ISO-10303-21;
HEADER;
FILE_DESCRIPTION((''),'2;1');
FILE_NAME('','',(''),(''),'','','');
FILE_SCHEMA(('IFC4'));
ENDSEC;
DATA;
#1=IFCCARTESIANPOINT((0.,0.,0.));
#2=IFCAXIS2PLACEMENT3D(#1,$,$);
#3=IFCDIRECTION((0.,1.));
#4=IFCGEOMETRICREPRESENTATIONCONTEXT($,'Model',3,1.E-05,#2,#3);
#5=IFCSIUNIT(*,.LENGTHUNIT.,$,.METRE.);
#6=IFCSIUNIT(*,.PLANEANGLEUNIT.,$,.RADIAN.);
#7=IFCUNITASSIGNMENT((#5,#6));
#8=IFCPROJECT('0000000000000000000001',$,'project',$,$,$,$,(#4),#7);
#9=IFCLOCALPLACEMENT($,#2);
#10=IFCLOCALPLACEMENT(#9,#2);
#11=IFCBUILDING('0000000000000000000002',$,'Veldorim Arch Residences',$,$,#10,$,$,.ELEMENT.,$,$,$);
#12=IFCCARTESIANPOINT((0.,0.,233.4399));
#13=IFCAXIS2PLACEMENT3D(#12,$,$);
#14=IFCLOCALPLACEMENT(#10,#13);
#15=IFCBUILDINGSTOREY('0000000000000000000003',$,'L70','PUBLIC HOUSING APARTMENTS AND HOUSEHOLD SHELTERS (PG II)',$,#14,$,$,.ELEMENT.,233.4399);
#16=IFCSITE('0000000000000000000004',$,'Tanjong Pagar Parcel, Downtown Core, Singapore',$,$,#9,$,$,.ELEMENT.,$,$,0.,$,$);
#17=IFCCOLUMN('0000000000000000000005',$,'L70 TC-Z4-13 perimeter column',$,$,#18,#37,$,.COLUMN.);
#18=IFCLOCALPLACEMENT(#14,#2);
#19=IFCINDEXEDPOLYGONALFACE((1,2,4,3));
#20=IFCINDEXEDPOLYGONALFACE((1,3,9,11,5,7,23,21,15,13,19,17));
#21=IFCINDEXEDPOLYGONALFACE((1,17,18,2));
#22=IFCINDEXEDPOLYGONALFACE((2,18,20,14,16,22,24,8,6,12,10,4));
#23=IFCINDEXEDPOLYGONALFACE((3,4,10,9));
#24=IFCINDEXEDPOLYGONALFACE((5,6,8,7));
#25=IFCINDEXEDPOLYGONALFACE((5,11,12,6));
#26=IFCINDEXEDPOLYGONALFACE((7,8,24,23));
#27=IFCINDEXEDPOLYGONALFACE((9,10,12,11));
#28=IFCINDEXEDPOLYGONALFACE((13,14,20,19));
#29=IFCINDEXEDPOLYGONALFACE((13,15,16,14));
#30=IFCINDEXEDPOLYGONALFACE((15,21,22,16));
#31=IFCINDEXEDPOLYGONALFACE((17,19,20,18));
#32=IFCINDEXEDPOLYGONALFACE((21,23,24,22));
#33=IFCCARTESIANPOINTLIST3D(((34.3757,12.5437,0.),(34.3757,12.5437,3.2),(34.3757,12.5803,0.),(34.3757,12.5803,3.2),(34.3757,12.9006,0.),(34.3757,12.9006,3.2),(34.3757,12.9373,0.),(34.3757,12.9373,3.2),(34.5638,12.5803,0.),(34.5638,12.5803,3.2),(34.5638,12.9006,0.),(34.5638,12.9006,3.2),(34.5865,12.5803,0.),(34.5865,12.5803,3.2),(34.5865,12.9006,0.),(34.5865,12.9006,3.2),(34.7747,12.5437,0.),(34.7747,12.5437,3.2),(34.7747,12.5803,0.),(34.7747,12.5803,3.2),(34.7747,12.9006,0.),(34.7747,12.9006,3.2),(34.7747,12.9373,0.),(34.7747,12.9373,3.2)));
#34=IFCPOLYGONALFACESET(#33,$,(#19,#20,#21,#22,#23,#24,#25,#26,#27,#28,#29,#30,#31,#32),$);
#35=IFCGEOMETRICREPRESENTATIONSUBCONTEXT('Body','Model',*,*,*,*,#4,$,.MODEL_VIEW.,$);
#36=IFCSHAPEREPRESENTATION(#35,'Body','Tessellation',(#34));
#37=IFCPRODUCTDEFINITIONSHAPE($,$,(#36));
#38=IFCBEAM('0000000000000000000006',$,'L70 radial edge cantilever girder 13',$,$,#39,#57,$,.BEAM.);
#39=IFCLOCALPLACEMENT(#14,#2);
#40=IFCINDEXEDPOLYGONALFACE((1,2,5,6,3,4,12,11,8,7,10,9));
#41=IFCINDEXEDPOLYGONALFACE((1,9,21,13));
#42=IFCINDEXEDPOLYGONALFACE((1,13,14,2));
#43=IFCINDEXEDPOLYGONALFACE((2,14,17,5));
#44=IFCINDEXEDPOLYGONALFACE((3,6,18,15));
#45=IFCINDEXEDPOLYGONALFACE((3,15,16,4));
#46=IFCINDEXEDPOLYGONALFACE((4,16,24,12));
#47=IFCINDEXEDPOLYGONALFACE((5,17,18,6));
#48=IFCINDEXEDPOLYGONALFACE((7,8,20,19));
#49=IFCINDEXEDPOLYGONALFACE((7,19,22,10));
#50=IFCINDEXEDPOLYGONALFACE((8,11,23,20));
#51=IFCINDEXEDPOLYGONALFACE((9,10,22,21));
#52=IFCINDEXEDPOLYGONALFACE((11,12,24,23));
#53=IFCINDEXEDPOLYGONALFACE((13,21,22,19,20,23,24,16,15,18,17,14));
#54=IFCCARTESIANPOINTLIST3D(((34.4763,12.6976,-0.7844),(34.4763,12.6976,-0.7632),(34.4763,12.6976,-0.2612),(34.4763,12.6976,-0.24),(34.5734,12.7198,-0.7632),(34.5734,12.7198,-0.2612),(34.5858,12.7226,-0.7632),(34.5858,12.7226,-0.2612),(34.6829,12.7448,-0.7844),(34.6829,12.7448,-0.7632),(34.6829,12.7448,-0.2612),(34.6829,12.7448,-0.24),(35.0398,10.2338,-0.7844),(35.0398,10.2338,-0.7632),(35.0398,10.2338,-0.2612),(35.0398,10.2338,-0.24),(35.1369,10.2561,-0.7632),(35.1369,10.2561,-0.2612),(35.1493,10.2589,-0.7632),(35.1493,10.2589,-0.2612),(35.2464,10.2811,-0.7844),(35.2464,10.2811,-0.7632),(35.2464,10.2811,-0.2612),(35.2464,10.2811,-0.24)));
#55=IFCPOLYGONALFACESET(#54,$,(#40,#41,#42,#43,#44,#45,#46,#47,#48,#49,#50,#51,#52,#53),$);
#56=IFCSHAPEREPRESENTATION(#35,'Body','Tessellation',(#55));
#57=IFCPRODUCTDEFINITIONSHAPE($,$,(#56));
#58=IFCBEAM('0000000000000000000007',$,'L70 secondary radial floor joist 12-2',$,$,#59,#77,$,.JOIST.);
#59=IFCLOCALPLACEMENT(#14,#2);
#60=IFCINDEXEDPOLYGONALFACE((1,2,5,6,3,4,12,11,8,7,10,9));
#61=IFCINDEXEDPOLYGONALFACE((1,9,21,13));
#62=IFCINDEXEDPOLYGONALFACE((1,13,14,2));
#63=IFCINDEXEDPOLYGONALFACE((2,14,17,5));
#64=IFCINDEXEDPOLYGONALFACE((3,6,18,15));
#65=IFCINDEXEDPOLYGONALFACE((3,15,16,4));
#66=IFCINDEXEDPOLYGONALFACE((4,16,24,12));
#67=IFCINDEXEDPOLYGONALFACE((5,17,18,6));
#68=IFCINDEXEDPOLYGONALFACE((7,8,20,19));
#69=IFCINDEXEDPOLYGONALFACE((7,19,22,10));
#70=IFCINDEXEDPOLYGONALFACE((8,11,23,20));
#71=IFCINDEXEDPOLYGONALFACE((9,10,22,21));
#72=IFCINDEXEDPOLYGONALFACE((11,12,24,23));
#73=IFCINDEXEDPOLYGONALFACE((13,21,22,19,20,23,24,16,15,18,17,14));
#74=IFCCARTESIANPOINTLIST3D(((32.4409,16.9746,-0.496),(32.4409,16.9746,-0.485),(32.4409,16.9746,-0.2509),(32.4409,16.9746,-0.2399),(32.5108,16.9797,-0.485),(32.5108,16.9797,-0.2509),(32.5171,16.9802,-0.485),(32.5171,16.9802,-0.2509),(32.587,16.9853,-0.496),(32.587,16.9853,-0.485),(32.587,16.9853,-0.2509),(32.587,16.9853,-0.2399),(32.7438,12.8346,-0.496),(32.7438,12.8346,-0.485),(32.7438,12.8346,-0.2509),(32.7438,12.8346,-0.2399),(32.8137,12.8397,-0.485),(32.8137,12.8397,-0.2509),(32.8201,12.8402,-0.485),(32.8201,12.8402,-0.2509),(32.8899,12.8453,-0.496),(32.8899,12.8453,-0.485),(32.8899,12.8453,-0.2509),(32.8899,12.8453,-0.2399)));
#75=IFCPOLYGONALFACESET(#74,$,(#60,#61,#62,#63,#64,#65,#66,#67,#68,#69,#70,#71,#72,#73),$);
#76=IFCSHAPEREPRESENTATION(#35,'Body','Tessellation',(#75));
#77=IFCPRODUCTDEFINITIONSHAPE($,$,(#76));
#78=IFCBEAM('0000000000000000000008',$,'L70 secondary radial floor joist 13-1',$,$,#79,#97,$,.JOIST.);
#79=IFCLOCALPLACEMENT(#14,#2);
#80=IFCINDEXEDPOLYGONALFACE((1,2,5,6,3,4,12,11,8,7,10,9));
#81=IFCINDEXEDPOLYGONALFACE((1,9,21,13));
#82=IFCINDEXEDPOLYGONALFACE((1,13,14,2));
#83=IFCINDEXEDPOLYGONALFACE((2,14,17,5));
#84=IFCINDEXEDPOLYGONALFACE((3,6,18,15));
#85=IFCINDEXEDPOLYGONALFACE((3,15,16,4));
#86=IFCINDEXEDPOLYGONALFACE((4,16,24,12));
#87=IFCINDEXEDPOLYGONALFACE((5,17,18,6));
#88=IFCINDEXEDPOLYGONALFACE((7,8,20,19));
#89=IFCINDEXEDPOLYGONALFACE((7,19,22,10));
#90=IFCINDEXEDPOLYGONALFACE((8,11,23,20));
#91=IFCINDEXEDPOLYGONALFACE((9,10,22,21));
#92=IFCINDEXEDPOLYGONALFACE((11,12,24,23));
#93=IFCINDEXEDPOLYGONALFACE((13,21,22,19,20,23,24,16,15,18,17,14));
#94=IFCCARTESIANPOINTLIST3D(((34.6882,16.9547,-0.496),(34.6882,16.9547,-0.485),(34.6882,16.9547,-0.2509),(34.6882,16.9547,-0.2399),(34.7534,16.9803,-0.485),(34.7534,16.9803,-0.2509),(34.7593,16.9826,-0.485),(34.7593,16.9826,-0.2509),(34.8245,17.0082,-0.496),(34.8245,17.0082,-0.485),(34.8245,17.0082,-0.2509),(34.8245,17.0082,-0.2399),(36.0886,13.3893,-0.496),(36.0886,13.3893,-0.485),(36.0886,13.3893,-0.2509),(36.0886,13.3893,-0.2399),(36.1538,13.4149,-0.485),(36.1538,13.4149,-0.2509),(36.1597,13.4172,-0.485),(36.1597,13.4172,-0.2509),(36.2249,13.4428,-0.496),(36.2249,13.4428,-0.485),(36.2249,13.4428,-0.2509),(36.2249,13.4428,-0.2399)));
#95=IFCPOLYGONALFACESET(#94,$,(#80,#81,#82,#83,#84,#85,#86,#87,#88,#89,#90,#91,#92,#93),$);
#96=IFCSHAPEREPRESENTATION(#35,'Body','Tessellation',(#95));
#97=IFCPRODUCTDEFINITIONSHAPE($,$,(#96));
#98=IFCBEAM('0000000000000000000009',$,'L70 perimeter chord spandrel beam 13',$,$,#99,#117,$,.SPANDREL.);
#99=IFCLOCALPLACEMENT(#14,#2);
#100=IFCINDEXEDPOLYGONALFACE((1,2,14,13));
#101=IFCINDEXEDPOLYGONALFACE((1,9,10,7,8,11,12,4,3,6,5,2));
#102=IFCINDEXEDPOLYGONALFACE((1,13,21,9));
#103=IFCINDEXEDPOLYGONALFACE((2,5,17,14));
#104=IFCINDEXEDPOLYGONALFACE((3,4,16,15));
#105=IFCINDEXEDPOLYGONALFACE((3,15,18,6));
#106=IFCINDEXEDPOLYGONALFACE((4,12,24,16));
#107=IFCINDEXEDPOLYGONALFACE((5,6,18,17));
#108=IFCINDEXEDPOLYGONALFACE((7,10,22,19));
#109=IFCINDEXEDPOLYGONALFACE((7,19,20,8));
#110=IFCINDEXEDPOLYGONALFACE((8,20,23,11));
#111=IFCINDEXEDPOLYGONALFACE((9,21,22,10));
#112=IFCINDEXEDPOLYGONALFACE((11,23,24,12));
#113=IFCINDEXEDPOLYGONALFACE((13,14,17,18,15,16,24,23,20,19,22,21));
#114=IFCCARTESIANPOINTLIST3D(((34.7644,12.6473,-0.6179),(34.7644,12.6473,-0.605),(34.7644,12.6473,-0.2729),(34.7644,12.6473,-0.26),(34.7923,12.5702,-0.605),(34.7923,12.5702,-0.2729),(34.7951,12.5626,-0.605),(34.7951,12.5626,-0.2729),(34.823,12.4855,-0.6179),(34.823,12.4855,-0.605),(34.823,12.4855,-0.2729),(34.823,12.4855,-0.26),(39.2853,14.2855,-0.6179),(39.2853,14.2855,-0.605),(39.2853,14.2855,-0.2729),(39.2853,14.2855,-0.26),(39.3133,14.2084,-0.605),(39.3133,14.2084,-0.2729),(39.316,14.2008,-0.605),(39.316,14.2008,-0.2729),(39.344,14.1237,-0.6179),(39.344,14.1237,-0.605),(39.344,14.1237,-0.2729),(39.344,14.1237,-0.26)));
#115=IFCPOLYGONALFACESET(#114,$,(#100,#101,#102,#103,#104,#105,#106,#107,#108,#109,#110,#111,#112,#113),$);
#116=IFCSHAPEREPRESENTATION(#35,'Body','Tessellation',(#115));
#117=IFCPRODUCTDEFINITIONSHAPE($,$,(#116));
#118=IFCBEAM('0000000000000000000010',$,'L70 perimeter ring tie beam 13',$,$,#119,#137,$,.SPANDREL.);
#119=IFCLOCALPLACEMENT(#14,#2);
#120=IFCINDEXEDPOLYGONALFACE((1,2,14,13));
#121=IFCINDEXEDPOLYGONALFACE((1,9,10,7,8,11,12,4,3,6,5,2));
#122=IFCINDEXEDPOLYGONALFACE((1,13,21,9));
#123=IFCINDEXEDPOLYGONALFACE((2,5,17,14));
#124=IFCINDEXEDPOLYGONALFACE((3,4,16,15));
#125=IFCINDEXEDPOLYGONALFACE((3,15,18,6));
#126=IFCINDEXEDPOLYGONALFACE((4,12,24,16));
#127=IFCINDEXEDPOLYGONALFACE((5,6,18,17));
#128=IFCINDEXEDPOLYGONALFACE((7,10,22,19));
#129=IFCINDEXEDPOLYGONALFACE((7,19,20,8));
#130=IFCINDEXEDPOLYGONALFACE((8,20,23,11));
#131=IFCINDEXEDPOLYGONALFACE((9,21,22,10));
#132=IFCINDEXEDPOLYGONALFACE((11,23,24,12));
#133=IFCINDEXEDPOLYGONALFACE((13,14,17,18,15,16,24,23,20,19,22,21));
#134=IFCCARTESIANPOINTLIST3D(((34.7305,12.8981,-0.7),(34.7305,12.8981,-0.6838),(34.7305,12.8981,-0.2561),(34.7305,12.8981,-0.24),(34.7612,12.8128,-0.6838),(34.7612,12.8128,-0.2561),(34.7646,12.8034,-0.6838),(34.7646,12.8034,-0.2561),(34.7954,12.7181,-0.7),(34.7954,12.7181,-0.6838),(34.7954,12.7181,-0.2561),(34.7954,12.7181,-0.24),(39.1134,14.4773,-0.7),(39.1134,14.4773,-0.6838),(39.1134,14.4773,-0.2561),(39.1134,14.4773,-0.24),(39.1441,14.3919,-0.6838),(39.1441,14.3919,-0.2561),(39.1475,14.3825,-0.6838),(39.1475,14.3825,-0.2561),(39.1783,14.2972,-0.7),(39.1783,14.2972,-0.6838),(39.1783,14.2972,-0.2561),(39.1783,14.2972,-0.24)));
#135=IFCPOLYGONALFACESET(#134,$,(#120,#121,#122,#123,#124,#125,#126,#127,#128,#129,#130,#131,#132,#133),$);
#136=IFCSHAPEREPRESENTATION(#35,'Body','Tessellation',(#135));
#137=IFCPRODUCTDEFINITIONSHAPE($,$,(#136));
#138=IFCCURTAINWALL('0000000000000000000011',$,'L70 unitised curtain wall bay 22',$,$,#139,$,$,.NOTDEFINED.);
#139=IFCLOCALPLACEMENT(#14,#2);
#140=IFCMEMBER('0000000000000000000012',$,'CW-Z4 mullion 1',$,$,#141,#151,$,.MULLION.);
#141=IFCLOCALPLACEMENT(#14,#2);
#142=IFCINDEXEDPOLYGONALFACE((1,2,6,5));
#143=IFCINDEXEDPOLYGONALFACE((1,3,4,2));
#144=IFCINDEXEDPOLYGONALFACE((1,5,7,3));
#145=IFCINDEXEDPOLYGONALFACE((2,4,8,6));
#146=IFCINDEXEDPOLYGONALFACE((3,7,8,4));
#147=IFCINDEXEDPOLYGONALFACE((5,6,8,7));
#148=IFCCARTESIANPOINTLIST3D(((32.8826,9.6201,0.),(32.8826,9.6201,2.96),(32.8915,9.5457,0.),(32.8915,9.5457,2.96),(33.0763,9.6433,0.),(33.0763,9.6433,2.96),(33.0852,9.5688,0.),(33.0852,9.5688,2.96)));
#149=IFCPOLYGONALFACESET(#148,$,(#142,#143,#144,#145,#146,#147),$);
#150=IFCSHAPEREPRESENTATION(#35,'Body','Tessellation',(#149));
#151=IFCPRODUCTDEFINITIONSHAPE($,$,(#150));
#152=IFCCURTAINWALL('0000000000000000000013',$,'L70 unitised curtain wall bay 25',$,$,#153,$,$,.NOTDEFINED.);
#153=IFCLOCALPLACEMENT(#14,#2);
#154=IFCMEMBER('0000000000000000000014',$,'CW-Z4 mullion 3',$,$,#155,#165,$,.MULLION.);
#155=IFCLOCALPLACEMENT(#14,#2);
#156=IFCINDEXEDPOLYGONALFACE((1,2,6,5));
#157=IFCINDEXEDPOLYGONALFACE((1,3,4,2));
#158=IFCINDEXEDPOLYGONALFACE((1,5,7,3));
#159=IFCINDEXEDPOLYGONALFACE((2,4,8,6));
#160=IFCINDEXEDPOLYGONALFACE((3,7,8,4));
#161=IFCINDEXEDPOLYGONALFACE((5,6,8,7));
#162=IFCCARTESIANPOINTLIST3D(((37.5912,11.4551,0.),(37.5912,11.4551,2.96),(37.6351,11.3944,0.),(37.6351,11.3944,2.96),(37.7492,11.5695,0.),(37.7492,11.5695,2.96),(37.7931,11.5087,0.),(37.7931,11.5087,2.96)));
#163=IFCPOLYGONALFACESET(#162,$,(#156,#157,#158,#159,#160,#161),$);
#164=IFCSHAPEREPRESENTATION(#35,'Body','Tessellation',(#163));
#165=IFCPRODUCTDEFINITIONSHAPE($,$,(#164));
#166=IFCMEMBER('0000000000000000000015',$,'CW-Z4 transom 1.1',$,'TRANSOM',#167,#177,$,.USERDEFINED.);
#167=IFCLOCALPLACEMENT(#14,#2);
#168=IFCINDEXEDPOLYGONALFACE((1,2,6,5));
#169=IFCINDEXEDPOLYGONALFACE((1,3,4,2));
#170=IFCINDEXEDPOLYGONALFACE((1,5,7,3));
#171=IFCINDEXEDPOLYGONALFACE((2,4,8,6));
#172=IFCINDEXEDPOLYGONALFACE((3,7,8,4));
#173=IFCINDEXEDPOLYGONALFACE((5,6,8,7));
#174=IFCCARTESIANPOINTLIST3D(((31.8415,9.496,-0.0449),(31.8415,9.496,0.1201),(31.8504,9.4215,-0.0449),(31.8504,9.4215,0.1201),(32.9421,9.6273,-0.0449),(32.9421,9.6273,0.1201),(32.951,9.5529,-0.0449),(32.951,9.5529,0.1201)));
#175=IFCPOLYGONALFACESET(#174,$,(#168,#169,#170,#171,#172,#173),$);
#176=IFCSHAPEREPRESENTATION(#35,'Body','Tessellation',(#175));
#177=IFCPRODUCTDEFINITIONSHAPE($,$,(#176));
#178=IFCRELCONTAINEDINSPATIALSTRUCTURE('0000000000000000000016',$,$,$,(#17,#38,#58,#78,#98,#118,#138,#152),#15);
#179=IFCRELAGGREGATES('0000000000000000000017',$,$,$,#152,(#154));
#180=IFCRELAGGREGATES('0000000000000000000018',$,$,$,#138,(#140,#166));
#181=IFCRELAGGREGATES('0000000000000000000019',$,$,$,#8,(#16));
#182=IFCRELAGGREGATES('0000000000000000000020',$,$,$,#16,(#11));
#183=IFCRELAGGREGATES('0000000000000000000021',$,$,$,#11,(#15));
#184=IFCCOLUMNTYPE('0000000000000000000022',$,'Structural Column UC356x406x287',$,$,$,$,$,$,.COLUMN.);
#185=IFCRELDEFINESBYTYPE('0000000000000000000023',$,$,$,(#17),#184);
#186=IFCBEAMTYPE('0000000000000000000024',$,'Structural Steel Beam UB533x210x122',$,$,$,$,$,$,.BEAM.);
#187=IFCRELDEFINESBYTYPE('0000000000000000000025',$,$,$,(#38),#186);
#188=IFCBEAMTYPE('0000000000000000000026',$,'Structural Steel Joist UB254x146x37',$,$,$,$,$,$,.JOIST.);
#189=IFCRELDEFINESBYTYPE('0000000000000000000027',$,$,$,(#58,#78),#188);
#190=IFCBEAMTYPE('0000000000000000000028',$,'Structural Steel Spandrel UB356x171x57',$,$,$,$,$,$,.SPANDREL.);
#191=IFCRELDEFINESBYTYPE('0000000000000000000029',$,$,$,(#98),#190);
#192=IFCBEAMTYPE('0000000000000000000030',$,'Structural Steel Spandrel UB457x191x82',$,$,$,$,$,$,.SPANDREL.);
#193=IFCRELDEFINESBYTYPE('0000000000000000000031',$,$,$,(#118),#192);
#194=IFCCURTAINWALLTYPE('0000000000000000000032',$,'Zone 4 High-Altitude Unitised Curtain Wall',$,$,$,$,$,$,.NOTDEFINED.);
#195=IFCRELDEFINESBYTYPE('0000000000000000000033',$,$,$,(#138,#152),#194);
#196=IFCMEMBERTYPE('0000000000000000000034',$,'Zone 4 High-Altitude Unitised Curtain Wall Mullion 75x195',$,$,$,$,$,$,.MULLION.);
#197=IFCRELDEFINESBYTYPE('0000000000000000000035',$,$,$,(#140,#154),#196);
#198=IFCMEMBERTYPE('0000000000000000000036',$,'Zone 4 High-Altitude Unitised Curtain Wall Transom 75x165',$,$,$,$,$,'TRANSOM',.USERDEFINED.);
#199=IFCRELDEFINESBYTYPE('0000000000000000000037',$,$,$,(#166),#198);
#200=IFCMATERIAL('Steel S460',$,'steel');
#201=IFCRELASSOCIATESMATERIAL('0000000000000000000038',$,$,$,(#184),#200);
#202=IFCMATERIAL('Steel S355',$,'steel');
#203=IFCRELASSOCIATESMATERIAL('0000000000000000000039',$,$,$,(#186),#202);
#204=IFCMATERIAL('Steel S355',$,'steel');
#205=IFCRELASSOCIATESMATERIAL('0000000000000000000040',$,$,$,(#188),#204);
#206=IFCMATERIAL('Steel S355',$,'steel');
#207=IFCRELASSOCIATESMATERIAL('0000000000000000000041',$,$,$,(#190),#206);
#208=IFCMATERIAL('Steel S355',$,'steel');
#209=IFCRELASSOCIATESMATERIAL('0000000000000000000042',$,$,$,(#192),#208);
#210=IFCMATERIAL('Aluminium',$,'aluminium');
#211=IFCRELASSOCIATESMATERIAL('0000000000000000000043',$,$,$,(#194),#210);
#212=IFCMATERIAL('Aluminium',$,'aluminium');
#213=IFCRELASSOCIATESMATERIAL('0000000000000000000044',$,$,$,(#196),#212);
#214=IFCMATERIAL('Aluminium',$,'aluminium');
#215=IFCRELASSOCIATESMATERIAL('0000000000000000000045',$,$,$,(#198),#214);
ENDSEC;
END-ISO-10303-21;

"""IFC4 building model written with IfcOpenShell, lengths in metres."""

from ifc_helpers import new_model, si_unit, direction, frame, origin, origin_2d, place, context, subcontext, project, spatial, rectangle, i_section, extrude, material, material_profile, profile_set, type_object, element, aggregate, save


model = new_model("IFC4")

# Units and contexts
model_context = context("Model", 3, precision=1e-05, world=origin(), true_north=direction((0.0, 1.0)))
body_context = subcontext(model_context, "Body", "Model", "MODEL_VIEW")
ifc_project = project(units=[si_unit("LENGTHUNIT", "METRE"), si_unit("PLANEANGLEUNIT", "RADIAN")], contexts=[model_context])

# Site, building, storey
site_placement = place(None, origin())
site = spatial("IfcSite", under=ifc_project, at=site_placement, Name="Tanjong Pagar Parcel, Downtown Core, Singapore", CompositionType="ELEMENT", RefElevation=0.0)
building_placement = place(site_placement, origin())
building = spatial("IfcBuilding", under=site, at=building_placement, Name="Veldorim Arch Residences", CompositionType="ELEMENT")
storey_placement = place(building_placement, frame((0.0, 0.0, 233.4399)))
storey = spatial("IfcBuildingStorey", under=building, at=storey_placement, Name="L70", Description="PUBLIC HOUSING APARTMENTS AND HOUSEHOLD SHELTERS (PG II)", CompositionType="ELEMENT", Elevation=233.4399)

# Column
ifc_material_1 = material(Name="Steel S460", Category="steel")
ifc_material_profile_1 = material_profile(ifc_material_1, i_section(OverallWidth=0.3989, OverallDepth=0.3936, WebThickness=0.0227, FlangeThickness=0.0366, at=origin_2d()), Name="UC356x406x287")
ifc_profile_set_1 = profile_set([ifc_material_profile_1], Name="Steel S460")
column_type = type_object("IfcColumnType", Name="Structural Column UC356x406x287", PredefinedType="COLUMN", material=ifc_profile_set_1)
column_placement = place(storey_placement, frame((34.5752, 12.7405, 0.0), z_axis=(0.0, 0.0, 1.0), x_axis=(1.0, 0.0, 0.0)))
element("IfcColumn", 1, at=column_placement, inside=storey, type_object=column_type, Name="L70 TC-Z4-13 perimeter column", PredefinedType="COLUMN", context=body_context, shape_type="SweptSolid", body=[
    extrude(i_section(OverallWidth=0.3989, OverallDepth=0.3936, WebThickness=0.0227, FlangeThickness=0.0366, at=origin_2d()), origin(), (0.0, 0.0, 1.0), 3.2),
])

# Beams
ifc_material_2 = material(Name="Steel S355", Category="steel")
ifc_material_profile_2 = material_profile(ifc_material_2, i_section(OverallWidth=0.2119, OverallDepth=0.5444, WebThickness=0.0127, FlangeThickness=0.0212, at=origin_2d()), Name="UB533x210x122")
ifc_profile_set_2 = profile_set([ifc_material_profile_2], Name="Steel S355")
beam_type_1 = type_object("IfcBeamType", Name="Structural Steel Beam UB533x210x122", PredefinedType="BEAM", material=ifc_profile_set_2)
beam_1_placement = place(storey_placement, frame((34.5796, 12.7212, -0.5122), z_axis=(0.222961, -0.974827, 0.0), x_axis=(0.974827, 0.222961, 0.0)))
element("IfcBeam", 2, at=beam_1_placement, inside=storey, type_object=beam_type_1, Name="L70 radial edge cantilever girder 13", PredefinedType="BEAM", context=body_context, shape_type="SweptSolid", body=[
    extrude(i_section(OverallWidth=0.2119, OverallDepth=0.5444, WebThickness=0.0127, FlangeThickness=0.0212, at=origin_2d()), origin(), (0.0, 0.0, 1.0), 2.5273),
])
ifc_material_3 = material(Name="Steel S355", Category="steel")
ifc_material_profile_3 = material_profile(ifc_material_3, i_section(OverallWidth=0.1465, OverallDepth=0.2561, WebThickness=0.0063, FlangeThickness=0.011, at=origin_2d()), Name="UB254x146x37")
ifc_profile_set_3 = profile_set([ifc_material_profile_3], Name="Steel S355")
beam_type_2 = type_object("IfcBeamType", Name="Structural Steel Joist UB254x146x37", PredefinedType="JOIST", material=ifc_profile_set_3)
beam_2_placement = place(storey_placement, frame((32.5139, 16.98, -0.3679), z_axis=(0.072986, -0.997333, 0.0), x_axis=(0.997333, 0.072986, 0.0)))
element("IfcBeam", 3, at=beam_2_placement, inside=storey, type_object=beam_type_2, Name="L70 secondary radial floor joist 12-2", PredefinedType="JOIST", context=body_context, shape_type="SweptSolid", body=[
    extrude(i_section(OverallWidth=0.1465, OverallDepth=0.2561, WebThickness=0.0063, FlangeThickness=0.011, at=origin_2d()), origin(), (0.0, 0.0, 1.0), 4.1511),
])
beam_3_placement = place(storey_placement, frame((34.7563, 16.9814, -0.3679), z_axis=(0.365581, -0.930779, 0.0), x_axis=(0.930779, 0.365581, 0.0)))
element("IfcBeam", 4, at=beam_3_placement, inside=storey, type_object=beam_type_2, Name="L70 secondary radial floor joist 13-1", PredefinedType="JOIST", context=body_context, shape_type="SweptSolid", body=[
    extrude(i_section(OverallWidth=0.1465, OverallDepth=0.2561, WebThickness=0.0063, FlangeThickness=0.011, at=origin_2d()), origin(), (0.0, 0.0, 1.0), 3.8306),
])
ifc_material_4 = material(Name="Steel S355", Category="steel")
ifc_material_profile_4 = material_profile(ifc_material_4, i_section(OverallWidth=0.1721, OverallDepth=0.3579, WebThickness=0.0081, FlangeThickness=0.0129, at=origin_2d()), Name="UB356x171x57")
ifc_profile_set_4 = profile_set([ifc_material_profile_4], Name="Steel S355")
beam_type_3 = type_object("IfcBeamType", Name="Structural Steel Spandrel UB356x171x57", PredefinedType="SPANDREL", material=ifc_profile_set_4)
beam_4_placement = place(storey_placement, frame((34.7937, 12.5664, -0.439), z_axis=(0.940181, 0.340675, 0.0), x_axis=(-0.340675, 0.940181, 0.0)))
element("IfcBeam", 5, at=beam_4_placement, inside=storey, type_object=beam_type_3, Name="L70 perimeter chord spandrel beam 13", PredefinedType="SPANDREL", context=body_context, shape_type="SweptSolid", body=[
    extrude(i_section(OverallWidth=0.1721, OverallDepth=0.3579, WebThickness=0.0081, FlangeThickness=0.0129, at=origin_2d()), origin(), (0.0, 0.0, 1.0), 4.8086),
])
ifc_material_5 = material(Name="Steel S355", Category="steel")
ifc_material_profile_5 = material_profile(ifc_material_5, i_section(OverallWidth=0.1914, OverallDepth=0.46, WebThickness=0.01, FlangeThickness=0.0161, at=origin_2d()), Name="UB457x191x82")
ifc_profile_set_5 = profile_set([ifc_material_profile_5], Name="Steel S355")
beam_type_4 = type_object("IfcBeamType", Name="Structural Steel Spandrel UB457x191x82", PredefinedType="SPANDREL", material=ifc_profile_set_5)
beam_5_placement = place(storey_placement, frame((34.7629, 12.8081, -0.47), z_axis=(0.940799, 0.338964, 0.0), x_axis=(-0.338964, 0.940799, 0.0)))
element("IfcBeam", 6, at=beam_5_placement, inside=storey, type_object=beam_type_4, Name="L70 perimeter ring tie beam 13", PredefinedType="SPANDREL", context=body_context, shape_type="SweptSolid", body=[
    extrude(i_section(OverallWidth=0.1914, OverallDepth=0.46, WebThickness=0.01, FlangeThickness=0.0161, at=origin_2d()), origin(), (0.0, 0.0, 1.0), 4.6587),
])

# Curtain walls, members
ifc_material_6 = material(Name="Aluminium", Category="aluminium")
curtain_wall_type = type_object("IfcCurtainWallType", Name="Zone 4 High-Altitude Unitised Curtain Wall", PredefinedType="NOTDEFINED", material=ifc_material_6)
curtain_wall_1_placement = place(storey_placement, origin())
curtain_wall_1 = element("IfcCurtainWall", 7, at=curtain_wall_1_placement, inside=storey, type_object=curtain_wall_type, Name="L70 unitised curtain wall bay 22", PredefinedType="NOTDEFINED")
ifc_material_7 = material(Name="Aluminium", Category="aluminium")
ifc_material_profile_6 = material_profile(ifc_material_7, rectangle(XDim=0.075, YDim=0.1951, at=origin_2d()), Name="ALU_MUL_75x195")
ifc_profile_set_6 = profile_set([ifc_material_profile_6], Name="Aluminium")
member_type_1 = type_object("IfcMemberType", Name="Zone 4 High-Altitude Unitised Curtain Wall Mullion 75x195", PredefinedType="MULLION", material=ifc_profile_set_6)
member_1_placement = place(storey_placement, frame((32.9839, 9.5945, 0.0), z_axis=(0.0, 0.0, 1.0), x_axis=(0.118509, -0.992953, 0.0)))
member_1 = element("IfcMember", 8, at=member_1_placement, type_object=member_type_1, Name="CW-Z4 mullion 1", PredefinedType="MULLION", context=body_context, shape_type="SweptSolid", body=[
    extrude(rectangle(XDim=0.075, YDim=0.1951, at=origin_2d()), origin(), (0.0, 0.0, 1.0), 2.96),
])
curtain_wall_2_placement = place(storey_placement, origin())
curtain_wall_2 = element("IfcCurtainWall", 9, at=curtain_wall_2_placement, inside=storey, type_object=curtain_wall_type, Name="L70 unitised curtain wall bay 25", PredefinedType="NOTDEFINED")
member_2_placement = place(storey_placement, frame((37.6921, 11.4819, 0.0), z_axis=(0.0, 0.0, 1.0), x_axis=(0.586226, -0.810148, 0.0)))
member_2 = element("IfcMember", 10, at=member_2_placement, type_object=member_type_1, Name="CW-Z4 mullion 3", PredefinedType="MULLION", context=body_context, shape_type="SweptSolid", body=[
    extrude(rectangle(XDim=0.075, YDim=0.1951, at=origin_2d()), origin(), (0.0, 0.0, 1.0), 2.96),
])
aggregate(curtain_wall_2, [member_2])

# Member
ifc_material_8 = material(Name="Aluminium", Category="aluminium")
ifc_material_profile_7 = material_profile(ifc_material_8, rectangle(XDim=0.075, YDim=0.165, at=origin_2d()), Name="ALU_TRN_75x165")
ifc_profile_set_7 = profile_set([ifc_material_profile_7], Name="Aluminium")
member_type_2 = type_object("IfcMemberType", Name="Zone 4 High-Altitude Unitised Curtain Wall Transom 75x165", ElementType="TRANSOM", PredefinedType="USERDEFINED", material=ifc_profile_set_7)
member_3_placement = place(storey_placement, frame((32.9465, 9.5901, 0.0376), z_axis=(-0.992954, -0.118502, 0.0), x_axis=(0.118502, -0.992954, 0.0)))
member_3 = element("IfcMember", 11, at=member_3_placement, type_object=member_type_2, Name="CW-Z4 transom 1.1", ObjectType="TRANSOM", PredefinedType="USERDEFINED", context=body_context, shape_type="SweptSolid", body=[
    extrude(rectangle(XDim=0.075, YDim=0.165, at=origin_2d()), origin(), (0.0, 0.0, 1.0), 1.1084),
])

aggregate(curtain_wall_1, [member_1, member_3])

save(model, "model.ifc")
